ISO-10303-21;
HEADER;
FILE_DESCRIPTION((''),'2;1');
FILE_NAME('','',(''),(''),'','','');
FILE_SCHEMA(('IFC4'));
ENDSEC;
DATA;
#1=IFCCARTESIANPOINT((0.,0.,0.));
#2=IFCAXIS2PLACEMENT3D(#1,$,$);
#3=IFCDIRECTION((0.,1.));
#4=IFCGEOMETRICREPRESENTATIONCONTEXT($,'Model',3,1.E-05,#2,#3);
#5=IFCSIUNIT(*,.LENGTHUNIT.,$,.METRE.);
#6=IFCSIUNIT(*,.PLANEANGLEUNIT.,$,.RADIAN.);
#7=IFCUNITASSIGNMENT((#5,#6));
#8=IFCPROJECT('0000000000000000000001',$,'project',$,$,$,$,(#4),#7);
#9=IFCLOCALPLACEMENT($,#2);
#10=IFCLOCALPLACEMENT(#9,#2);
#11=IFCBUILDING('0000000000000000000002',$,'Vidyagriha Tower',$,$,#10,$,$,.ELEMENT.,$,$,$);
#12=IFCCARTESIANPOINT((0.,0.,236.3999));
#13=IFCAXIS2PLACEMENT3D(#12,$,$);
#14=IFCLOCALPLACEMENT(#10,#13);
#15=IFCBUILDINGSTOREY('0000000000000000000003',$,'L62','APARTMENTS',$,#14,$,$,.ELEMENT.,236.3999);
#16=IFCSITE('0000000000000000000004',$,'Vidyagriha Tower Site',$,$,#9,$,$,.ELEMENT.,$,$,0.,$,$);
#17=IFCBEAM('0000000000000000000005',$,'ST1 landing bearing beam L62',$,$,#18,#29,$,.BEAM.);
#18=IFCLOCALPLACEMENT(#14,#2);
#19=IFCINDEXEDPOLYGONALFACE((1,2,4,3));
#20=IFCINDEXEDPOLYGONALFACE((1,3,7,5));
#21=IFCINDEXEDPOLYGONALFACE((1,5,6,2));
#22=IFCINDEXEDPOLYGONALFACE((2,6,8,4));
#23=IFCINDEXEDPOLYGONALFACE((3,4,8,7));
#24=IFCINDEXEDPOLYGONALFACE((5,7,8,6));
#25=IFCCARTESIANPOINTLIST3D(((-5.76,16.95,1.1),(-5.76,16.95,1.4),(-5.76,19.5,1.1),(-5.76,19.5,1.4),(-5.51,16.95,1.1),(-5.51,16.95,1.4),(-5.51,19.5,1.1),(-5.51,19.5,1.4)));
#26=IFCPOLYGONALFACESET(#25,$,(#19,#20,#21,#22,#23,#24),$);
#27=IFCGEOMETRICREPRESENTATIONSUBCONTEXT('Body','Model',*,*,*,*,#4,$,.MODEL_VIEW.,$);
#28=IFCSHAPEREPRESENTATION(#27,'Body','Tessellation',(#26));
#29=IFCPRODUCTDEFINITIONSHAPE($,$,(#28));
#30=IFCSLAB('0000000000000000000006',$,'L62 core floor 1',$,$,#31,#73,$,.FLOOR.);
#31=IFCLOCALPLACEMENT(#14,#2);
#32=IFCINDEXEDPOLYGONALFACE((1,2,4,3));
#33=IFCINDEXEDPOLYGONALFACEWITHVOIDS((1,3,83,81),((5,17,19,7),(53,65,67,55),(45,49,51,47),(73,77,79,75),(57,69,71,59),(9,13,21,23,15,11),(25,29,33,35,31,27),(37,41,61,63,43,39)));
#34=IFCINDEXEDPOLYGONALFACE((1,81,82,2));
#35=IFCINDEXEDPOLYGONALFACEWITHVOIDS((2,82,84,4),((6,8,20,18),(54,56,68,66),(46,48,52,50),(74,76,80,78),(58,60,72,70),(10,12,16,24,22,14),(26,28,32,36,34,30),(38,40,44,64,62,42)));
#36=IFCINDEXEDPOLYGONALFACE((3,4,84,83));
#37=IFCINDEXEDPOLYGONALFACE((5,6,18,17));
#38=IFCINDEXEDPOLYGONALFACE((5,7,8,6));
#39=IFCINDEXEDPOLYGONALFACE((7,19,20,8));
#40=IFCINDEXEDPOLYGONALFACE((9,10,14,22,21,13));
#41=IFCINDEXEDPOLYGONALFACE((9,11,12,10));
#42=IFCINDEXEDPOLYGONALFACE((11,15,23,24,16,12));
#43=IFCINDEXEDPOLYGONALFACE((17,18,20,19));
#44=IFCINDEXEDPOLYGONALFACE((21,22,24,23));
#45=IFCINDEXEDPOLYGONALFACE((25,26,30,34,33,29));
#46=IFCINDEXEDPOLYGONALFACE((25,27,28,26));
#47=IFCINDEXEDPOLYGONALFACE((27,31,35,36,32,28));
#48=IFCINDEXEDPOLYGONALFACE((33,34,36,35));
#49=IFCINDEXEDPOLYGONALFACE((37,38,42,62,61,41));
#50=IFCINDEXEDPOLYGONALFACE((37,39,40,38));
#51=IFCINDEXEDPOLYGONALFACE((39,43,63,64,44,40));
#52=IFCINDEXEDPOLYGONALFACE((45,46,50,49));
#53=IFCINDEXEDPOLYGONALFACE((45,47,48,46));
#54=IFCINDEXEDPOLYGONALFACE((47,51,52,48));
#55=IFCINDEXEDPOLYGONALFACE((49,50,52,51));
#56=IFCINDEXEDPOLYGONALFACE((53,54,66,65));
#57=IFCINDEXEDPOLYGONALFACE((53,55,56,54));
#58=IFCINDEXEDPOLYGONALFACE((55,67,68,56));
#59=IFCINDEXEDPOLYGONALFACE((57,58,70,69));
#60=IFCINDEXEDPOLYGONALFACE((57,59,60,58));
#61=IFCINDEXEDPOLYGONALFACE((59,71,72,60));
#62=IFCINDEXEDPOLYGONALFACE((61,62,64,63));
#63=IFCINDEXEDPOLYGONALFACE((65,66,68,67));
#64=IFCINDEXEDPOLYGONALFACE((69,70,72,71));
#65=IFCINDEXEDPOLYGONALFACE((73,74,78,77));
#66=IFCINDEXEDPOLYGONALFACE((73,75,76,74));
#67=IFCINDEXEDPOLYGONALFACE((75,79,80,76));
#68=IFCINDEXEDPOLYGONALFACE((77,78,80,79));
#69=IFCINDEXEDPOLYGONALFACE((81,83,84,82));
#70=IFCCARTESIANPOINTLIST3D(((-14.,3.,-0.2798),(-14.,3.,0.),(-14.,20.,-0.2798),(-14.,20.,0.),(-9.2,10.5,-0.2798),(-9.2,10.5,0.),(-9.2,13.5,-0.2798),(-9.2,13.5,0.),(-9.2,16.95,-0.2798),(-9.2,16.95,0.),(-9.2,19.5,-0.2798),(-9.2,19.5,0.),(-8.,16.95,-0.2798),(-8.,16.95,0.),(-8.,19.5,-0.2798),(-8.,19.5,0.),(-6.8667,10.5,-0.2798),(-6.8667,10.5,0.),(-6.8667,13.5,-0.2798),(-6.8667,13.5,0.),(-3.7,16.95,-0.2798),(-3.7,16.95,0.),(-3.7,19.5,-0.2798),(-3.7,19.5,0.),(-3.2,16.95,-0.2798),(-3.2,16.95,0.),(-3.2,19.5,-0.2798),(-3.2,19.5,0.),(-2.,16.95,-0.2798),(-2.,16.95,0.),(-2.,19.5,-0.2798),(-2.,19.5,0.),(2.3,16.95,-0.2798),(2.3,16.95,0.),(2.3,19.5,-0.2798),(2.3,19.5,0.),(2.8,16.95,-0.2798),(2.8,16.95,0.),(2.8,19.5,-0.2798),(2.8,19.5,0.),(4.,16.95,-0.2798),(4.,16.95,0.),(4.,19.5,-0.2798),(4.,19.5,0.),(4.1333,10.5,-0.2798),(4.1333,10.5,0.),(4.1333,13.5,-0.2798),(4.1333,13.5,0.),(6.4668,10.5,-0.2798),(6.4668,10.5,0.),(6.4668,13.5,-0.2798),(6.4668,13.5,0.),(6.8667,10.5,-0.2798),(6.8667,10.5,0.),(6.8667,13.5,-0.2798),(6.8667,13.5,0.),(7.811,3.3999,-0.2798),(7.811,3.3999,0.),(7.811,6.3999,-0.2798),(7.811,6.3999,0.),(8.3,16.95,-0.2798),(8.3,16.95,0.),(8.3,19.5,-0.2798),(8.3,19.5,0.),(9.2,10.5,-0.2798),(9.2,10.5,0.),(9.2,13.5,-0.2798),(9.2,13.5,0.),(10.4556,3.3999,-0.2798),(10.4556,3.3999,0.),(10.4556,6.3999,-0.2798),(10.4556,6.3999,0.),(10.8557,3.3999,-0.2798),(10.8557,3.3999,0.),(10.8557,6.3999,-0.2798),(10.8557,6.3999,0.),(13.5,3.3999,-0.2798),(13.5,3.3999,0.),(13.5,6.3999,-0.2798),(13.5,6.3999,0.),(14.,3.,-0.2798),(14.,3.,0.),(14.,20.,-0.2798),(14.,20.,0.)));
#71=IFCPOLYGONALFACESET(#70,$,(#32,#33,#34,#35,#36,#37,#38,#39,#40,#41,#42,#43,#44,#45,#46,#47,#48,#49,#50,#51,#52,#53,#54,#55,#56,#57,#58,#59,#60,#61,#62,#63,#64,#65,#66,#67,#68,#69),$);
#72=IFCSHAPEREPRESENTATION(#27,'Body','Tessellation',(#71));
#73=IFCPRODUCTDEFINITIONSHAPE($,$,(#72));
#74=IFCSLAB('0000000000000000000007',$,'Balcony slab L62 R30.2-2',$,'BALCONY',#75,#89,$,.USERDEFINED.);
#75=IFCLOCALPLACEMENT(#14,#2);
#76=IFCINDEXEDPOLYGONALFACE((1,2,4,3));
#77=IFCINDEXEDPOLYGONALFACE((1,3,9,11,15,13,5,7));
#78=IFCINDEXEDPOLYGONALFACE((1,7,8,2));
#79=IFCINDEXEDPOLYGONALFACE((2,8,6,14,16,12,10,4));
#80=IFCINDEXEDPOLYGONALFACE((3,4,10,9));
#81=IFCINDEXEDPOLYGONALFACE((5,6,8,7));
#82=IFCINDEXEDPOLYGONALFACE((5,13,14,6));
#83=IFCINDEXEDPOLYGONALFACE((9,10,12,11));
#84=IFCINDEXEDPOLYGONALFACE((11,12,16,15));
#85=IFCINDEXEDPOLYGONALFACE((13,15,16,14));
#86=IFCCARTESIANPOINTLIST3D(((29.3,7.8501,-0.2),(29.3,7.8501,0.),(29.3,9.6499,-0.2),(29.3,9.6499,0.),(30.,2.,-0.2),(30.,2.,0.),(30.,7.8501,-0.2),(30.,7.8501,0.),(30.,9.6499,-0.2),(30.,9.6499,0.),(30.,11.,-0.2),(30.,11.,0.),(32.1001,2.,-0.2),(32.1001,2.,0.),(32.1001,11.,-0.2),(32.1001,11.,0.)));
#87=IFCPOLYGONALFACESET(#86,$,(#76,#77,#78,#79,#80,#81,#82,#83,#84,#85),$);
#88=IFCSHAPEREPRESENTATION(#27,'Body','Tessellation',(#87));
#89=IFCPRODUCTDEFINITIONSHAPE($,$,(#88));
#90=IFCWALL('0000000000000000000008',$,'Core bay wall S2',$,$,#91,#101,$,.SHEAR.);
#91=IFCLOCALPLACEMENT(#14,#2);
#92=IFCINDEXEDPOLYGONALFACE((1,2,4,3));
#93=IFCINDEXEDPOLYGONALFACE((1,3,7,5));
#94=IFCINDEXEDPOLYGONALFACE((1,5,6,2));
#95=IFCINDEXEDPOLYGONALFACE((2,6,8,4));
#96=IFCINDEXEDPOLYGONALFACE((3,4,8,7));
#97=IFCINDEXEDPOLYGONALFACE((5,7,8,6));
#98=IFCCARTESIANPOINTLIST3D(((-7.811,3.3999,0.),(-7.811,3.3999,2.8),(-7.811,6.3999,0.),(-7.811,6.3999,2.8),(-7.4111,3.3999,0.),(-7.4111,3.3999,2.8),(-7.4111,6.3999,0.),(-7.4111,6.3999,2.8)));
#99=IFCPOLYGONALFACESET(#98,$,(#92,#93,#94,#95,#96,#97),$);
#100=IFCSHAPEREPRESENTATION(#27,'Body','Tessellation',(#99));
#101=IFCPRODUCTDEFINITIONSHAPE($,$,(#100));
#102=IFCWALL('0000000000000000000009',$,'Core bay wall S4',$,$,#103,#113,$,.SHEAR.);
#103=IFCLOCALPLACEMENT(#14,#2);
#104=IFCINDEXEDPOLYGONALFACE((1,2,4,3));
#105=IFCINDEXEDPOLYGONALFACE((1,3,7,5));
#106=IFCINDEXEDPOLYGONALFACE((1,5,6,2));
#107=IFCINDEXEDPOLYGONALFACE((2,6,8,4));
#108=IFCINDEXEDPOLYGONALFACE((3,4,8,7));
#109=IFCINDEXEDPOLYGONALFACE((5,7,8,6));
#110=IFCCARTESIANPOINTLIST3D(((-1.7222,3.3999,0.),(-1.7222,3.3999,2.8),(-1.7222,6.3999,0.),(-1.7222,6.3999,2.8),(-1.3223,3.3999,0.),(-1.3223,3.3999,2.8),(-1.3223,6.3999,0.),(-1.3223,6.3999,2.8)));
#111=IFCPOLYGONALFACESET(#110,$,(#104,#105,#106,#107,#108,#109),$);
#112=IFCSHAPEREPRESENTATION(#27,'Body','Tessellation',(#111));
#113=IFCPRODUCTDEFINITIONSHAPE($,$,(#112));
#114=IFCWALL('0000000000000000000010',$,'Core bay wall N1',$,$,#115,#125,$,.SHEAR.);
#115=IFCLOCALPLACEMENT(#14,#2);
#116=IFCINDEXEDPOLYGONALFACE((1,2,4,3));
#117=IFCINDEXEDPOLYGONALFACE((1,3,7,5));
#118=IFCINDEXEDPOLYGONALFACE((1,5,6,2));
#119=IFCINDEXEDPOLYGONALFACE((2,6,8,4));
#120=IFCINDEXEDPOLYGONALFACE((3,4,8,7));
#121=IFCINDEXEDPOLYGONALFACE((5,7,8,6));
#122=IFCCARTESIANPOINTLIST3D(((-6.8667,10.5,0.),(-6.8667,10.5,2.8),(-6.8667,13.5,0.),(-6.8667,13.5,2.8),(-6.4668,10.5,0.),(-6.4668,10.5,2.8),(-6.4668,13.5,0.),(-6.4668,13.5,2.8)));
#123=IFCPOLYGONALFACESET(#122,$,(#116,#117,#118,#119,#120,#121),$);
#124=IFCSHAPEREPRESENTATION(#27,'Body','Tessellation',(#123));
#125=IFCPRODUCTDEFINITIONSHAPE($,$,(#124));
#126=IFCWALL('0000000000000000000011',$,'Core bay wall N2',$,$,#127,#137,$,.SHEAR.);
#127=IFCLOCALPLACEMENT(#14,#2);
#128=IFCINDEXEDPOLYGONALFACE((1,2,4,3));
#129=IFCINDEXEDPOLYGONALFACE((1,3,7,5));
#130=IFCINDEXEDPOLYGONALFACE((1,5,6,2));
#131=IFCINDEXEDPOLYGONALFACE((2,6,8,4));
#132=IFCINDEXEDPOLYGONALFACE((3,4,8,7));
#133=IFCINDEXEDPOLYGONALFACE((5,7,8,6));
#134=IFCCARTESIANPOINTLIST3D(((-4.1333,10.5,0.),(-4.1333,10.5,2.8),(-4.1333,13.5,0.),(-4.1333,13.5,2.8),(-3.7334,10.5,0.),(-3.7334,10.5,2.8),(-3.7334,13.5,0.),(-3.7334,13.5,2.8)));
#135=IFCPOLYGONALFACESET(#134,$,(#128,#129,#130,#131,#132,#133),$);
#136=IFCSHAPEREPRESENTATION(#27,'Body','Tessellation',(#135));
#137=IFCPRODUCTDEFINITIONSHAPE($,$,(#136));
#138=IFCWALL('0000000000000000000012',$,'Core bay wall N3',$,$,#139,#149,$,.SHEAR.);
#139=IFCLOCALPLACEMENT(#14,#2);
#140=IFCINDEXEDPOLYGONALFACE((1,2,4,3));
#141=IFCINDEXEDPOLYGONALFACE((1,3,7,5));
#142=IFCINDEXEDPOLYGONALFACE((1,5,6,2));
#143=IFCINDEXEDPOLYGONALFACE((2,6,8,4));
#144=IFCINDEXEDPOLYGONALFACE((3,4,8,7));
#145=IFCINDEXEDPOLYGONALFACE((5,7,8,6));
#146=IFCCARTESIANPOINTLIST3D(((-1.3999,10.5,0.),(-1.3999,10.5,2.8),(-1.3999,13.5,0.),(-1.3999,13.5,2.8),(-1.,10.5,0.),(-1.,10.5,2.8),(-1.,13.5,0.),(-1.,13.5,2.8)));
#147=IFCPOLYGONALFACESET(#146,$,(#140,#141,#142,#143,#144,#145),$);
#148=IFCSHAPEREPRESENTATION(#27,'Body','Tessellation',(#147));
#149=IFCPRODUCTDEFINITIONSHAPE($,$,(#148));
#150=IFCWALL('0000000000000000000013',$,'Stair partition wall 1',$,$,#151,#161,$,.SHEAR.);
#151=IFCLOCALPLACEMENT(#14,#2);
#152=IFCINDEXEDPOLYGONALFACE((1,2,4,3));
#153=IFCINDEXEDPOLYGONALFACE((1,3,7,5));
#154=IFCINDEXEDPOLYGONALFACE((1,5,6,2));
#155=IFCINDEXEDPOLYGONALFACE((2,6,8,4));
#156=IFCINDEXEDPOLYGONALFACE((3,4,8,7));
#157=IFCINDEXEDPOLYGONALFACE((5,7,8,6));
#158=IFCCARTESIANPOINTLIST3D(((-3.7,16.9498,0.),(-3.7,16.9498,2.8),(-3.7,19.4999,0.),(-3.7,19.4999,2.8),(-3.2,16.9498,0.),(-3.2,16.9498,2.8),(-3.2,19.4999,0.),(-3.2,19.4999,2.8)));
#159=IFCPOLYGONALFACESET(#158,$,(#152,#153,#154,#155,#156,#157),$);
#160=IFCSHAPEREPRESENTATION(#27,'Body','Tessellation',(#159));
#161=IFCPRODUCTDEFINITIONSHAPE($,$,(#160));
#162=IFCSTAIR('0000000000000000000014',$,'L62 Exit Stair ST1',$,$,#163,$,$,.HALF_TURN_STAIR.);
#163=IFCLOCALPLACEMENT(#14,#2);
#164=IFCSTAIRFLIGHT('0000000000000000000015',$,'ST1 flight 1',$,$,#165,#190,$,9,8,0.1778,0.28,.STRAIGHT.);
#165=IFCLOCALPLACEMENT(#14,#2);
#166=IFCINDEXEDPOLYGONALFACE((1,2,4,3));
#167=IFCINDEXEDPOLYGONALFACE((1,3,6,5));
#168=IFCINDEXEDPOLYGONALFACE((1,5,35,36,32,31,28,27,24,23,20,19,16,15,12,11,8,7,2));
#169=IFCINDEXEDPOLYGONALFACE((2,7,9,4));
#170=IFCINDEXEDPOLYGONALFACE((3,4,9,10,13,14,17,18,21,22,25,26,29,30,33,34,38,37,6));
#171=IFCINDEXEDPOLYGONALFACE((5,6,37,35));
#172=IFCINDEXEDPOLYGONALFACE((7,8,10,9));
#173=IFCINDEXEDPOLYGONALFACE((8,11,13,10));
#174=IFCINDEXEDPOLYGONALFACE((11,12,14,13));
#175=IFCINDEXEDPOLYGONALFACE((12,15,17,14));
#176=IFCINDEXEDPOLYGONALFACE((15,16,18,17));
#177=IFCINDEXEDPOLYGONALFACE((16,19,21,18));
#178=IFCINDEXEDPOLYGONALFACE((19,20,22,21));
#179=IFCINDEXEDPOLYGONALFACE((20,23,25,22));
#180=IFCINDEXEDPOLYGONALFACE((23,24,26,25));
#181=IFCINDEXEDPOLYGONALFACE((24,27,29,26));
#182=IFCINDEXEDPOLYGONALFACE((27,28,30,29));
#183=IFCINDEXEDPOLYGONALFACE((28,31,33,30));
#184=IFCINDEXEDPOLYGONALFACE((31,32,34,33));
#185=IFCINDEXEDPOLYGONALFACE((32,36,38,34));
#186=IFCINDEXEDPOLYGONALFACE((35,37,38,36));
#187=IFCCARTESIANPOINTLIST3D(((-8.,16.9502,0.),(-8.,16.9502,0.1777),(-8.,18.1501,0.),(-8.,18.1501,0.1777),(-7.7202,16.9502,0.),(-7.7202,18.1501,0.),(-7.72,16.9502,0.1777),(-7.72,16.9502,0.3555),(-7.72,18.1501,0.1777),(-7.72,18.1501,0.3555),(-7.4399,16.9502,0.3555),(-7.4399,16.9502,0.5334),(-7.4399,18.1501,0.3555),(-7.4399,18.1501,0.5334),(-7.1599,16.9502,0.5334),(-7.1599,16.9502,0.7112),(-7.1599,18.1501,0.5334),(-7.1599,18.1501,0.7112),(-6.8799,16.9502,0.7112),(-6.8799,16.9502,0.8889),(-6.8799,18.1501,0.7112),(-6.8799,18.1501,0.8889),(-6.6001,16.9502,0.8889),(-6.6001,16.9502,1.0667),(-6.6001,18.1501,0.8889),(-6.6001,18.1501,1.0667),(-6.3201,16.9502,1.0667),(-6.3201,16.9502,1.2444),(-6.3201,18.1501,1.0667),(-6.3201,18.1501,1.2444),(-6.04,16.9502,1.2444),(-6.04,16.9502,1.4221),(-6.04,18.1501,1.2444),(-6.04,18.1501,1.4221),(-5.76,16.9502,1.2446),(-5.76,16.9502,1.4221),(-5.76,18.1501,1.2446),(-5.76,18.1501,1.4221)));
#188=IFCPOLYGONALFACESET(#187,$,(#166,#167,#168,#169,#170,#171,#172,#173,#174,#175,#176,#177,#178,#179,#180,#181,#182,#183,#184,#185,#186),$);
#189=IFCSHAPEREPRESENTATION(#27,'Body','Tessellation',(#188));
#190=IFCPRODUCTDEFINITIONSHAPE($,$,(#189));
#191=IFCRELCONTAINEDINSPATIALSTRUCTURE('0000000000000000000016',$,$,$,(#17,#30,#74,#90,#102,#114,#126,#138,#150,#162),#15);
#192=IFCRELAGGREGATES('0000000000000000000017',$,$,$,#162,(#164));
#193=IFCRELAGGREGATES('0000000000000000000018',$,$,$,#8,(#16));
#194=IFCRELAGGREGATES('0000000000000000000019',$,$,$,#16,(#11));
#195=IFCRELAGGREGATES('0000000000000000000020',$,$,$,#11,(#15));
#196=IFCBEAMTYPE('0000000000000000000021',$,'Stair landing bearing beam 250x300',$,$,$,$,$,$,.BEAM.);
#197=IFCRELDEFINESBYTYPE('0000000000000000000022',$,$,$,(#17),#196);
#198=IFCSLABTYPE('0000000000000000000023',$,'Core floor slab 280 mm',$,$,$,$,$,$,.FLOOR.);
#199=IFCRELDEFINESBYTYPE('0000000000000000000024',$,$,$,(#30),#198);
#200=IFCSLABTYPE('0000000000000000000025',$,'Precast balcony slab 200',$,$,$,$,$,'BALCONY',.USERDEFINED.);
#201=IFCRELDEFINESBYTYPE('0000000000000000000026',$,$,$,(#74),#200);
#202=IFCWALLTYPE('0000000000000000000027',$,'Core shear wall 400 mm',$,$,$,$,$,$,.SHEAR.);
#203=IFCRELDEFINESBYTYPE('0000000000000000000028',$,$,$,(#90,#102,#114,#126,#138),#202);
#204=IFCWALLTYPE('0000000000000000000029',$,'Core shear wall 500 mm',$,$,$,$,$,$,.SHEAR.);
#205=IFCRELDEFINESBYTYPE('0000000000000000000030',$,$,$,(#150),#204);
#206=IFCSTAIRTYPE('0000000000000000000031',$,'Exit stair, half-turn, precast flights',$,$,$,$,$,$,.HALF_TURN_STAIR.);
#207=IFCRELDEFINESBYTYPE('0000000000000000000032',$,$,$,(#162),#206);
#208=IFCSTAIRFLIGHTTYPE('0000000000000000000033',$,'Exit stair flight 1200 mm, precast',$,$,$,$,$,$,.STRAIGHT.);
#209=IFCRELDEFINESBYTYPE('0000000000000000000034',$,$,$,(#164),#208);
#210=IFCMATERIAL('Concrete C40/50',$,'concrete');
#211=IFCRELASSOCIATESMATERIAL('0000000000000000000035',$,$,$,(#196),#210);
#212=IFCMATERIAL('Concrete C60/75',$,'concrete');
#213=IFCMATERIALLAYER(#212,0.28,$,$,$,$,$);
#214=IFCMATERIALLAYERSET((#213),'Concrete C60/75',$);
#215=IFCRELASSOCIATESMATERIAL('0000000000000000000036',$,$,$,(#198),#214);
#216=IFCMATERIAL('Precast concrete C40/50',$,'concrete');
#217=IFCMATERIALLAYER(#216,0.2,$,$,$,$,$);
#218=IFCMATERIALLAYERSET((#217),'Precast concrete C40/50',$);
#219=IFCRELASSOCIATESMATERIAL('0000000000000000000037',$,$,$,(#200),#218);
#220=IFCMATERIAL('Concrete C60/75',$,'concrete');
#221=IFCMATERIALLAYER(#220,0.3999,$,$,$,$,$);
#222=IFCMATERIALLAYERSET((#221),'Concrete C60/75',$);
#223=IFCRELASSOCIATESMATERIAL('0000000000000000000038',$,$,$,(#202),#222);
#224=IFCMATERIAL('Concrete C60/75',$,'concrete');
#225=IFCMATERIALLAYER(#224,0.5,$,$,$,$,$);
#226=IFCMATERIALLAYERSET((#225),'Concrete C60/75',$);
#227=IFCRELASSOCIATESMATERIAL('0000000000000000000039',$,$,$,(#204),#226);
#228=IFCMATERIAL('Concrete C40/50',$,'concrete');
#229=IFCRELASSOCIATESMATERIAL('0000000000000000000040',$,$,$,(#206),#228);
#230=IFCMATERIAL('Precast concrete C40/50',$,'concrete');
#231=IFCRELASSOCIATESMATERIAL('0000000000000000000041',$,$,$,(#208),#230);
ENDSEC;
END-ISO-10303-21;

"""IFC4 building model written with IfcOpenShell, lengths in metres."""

from ifc_helpers import new_model, si_unit, direction, frame, frame_2d, origin, origin_2d, place, context, subcontext, project, spatial, polyline, rectangle, outline, extrude, material, layer, layer_set, material_profile, profile_set, type_object, element, aggregate, save


model = new_model("IFC4")

# Units and contexts
model_context = context("Model", 3, precision=1e-05, world=origin(), true_north=direction((0.0, 1.0)))
body_context = subcontext(model_context, "Body", "Model", "MODEL_VIEW")
ifc_project = project(units=[si_unit("LENGTHUNIT", "METRE"), si_unit("PLANEANGLEUNIT", "RADIAN")], contexts=[model_context])

# Site, building, storey
site_placement = place(None, origin())
site = spatial("IfcSite", under=ifc_project, at=site_placement, Name="Vidyagriha Tower Site", CompositionType="ELEMENT", RefElevation=0.0)
building_placement = place(site_placement, origin())
building = spatial("IfcBuilding", under=site, at=building_placement, Name="Vidyagriha Tower", CompositionType="ELEMENT")
storey_placement = place(building_placement, frame((0.0, 0.0, 236.3999)))
storey = spatial("IfcBuildingStorey", under=building, at=storey_placement, Name="L62", Description="APARTMENTS", CompositionType="ELEMENT", Elevation=236.3999)

# Beam
ifc_material_1 = material(Name="Concrete C40/50", Category="concrete")
ifc_material_profile = material_profile(ifc_material_1, rectangle(XDim=0.25, YDim=0.3, at=origin_2d()), Name="Stair landing bearing beam 250x300")
ifc_profile_set = profile_set([ifc_material_profile], Name="Concrete C40/50")
beam_type = type_object("IfcBeamType", Name="Stair landing bearing beam 250x300", PredefinedType="BEAM", material=ifc_profile_set)
beam_placement = place(storey_placement, frame((-5.635, 16.95, 1.25), z_axis=(0.0, 1.0, 0.0), x_axis=(-1.0, 0.0, 0.0)))
element("IfcBeam", 1, at=beam_placement, inside=storey, type_object=beam_type, Name="ST1 landing bearing beam L62", PredefinedType="BEAM", context=body_context, shape_type="SweptSolid", body=[
    extrude(rectangle(XDim=0.25, YDim=0.3, at=origin_2d()), origin(), (0.0, 0.0, 1.0), 2.55),
])

# Slabs
ifc_material_2 = material(Name="Concrete C60/75", Category="concrete")
ifc_layer_1 = layer(ifc_material_2, 0.28)
ifc_layer_set_1 = layer_set([ifc_layer_1], Name="Concrete C60/75")
slab_type_1 = type_object("IfcSlabType", Name="Core floor slab 280 mm", PredefinedType="FLOOR", material=ifc_layer_set_1)
slab_1_placement = place(storey_placement, frame((0.0, 0.0, -0.2798)))
element("IfcSlab", 2, at=slab_1_placement, inside=storey, type_object=slab_type_1, Name="L62 core floor 1", PredefinedType="FLOOR", context=body_context, shape_type="SweptSolid", body=[
    extrude(outline(polyline([(-14.0, 3.0), (-14.0, 20.0), (14.0, 20.0), (14.0, 3.0), (-14.0, 3.0)]), holes=[polyline([(13.5, 6.3999), (10.8557, 6.3999), (10.8557, 3.3999), (13.5, 3.3999), (13.5, 6.3999)]), polyline([(10.4556, 6.3999), (7.811, 6.3999), (7.811, 3.3999), (10.4556, 3.3999), (10.4556, 6.3999)]), polyline([(9.2, 13.5), (6.8667, 13.5), (6.8667, 10.5), (9.2, 10.5), (9.2, 13.5)]), polyline([(2.8, 19.5), (2.8, 16.95), (4.0, 16.95), (8.3, 16.95), (8.3, 19.5), (4.0, 19.5), (2.8, 19.5)]), polyline([(4.1333, 13.5), (4.1333, 10.5), (6.4668, 10.5), (6.4668, 13.5), (4.1333, 13.5)]), polyline([(-2.0, 19.5), (-3.2, 19.5), (-3.2, 16.95), (-2.0, 16.95), (2.3, 16.95), (2.3, 19.5), (-2.0, 19.5)]), polyline([(-9.2, 19.5), (-9.2, 16.95), (-8.0, 16.95), (-3.7, 16.95), (-3.7, 19.5), (-8.0, 19.5), (-9.2, 19.5)]), polyline([(-9.2, 13.5), (-9.2, 10.5), (-6.8667, 10.5), (-6.8667, 13.5), (-9.2, 13.5)])]), origin(), (0.0, 0.0, 1.0), 0.2798),
])
ifc_material_3 = material(Name="Precast concrete C40/50", Category="concrete")
ifc_layer_2 = layer(ifc_material_3, 0.2)
ifc_layer_set_2 = layer_set([ifc_layer_2], Name="Precast concrete C40/50")
slab_type_2 = type_object("IfcSlabType", Name="Precast balcony slab 200", ElementType="BALCONY", PredefinedType="USERDEFINED", material=ifc_layer_set_2)
slab_2_placement = place(storey_placement, frame((0.0, 0.0, -0.2)))
element("IfcSlab", 3, at=slab_2_placement, inside=storey, type_object=slab_type_2, Name="Balcony slab L62 R30.2-2", ObjectType="BALCONY", PredefinedType="USERDEFINED", context=body_context, shape_type="SweptSolid", body=[
    extrude(outline(polyline([(30.0, 7.8501), (30.0, 2.0), (32.1001, 2.0), (32.1001, 11.0), (30.0, 11.0), (30.0, 9.6499), (29.3, 9.6499), (29.3, 7.8501), (30.0, 7.8501)])), origin(), (0.0, 0.0, 1.0), 0.2),
])

# Walls
ifc_material_4 = material(Name="Concrete C60/75", Category="concrete")
ifc_layer_3 = layer(ifc_material_4, 0.3999)
ifc_layer_set_3 = layer_set([ifc_layer_3], Name="Concrete C60/75")
wall_type_1 = type_object("IfcWallType", Name="Core shear wall 400 mm", PredefinedType="SHEAR", material=ifc_layer_set_3)
for number, where, z_axis, x_axis, name in (
    (4, (-7.6111, 3.3999, 0.0), (0.0, 0.0, 1.0), (0.0, 1.0, 0.0), "Core bay wall S2"),
    (5, (-1.5222, 3.3999, 0.0), (0.0, 0.0, 1.0), (0.0, 1.0, 0.0), "Core bay wall S4"),
    (6, (-6.6667, 10.5, 0.0), (0.0, 0.0, 1.0), (0.0, 1.0, 0.0), "Core bay wall N1"),
    (7, (-3.9333, 10.5, 0.0), (0.0, 0.0, 1.0), (0.0, 1.0, 0.0), "Core bay wall N2"),
    (8, (-1.2, 10.5, 0.0), (0.0, 0.0, 1.0), (0.0, 1.0, 0.0), "Core bay wall N3"),
):
    element("IfcWall", number, at=place(storey_placement, frame(where, z_axis=z_axis, x_axis=x_axis)), inside=storey, type_object=wall_type_1, Name=name, PredefinedType="SHEAR", context=body_context, shape_type="SweptSolid", body=[
        extrude(rectangle(XDim=3.0, YDim=0.3999, at=frame_2d((1.5, 0.0))), origin(), (0.0, 0.0, 1.0), 2.8),
    ])
ifc_material_5 = material(Name="Concrete C60/75", Category="concrete")
ifc_layer_4 = layer(ifc_material_5, 0.5)
ifc_layer_set_4 = layer_set([ifc_layer_4], Name="Concrete C60/75")
wall_type_2 = type_object("IfcWallType", Name="Core shear wall 500 mm", PredefinedType="SHEAR", material=ifc_layer_set_4)
wall_placement = place(storey_placement, frame((-3.45, 16.95, 0.0), z_axis=(0.0, 0.0, 1.0), x_axis=(0.0, 1.0, 0.0)))
element("IfcWall", 9, at=wall_placement, inside=storey, type_object=wall_type_2, Name="Stair partition wall 1", PredefinedType="SHEAR", context=body_context, shape_type="SweptSolid", body=[
    extrude(rectangle(XDim=2.55, YDim=0.5, at=frame_2d((1.2749, 0.0))), origin(), (0.0, 0.0, 1.0), 2.8),
])

# Stair, stair flight
ifc_material_6 = material(Name="Concrete C40/50", Category="concrete")
stair_type = type_object("IfcStairType", Name="Exit stair, half-turn, precast flights", PredefinedType="HALF_TURN_STAIR", material=ifc_material_6)
stair_1_placement = place(storey_placement, origin())
stair_1 = element("IfcStair", 10, at=stair_1_placement, inside=storey, type_object=stair_type, Name="L62 Exit Stair ST1", PredefinedType="HALF_TURN_STAIR")
ifc_material_7 = material(Name="Precast concrete C40/50", Category="concrete")
stair_flight_type = type_object("IfcStairFlightType", Name="Exit stair flight 1200 mm, precast", PredefinedType="STRAIGHT", material=ifc_material_7)
stair_flight_1_placement = place(storey_placement, frame((-8.0, 17.55, 0.0)))
stair_flight_1 = element("IfcStairFlight", 11, at=stair_flight_1_placement, type_object=stair_flight_type, Name="ST1 flight 1", NumberOfRisers=9, NumberOfTreads=8, PredefinedType="STRAIGHT", RiserHeight=0.1778, TreadLength=0.28, context=body_context, shape_type="SweptSolid", body=[
    extrude(outline(polyline([(0.0, 0.0), (0.0, 0.1777), (0.28, 0.1777), (0.28, 0.3555), (0.5601, 0.3555), (0.5601, 0.5334), (0.8401, 0.5334), (0.8401, 0.7112), (1.1201, 0.7112), (1.1201, 0.8889), (1.3999, 0.8889), (1.3999, 1.0667), (1.6799, 1.0667), (1.6799, 1.2444), (1.96, 1.2444), (1.96, 1.4221), (2.24, 1.4221), (2.24, 1.6001), (2.24, 1.2446), (0.2798, 0.0), (0.0, 0.0)])), frame((0.0, 0.6001, 0.0), z_axis=(0.0, -1.0, 0.0), x_axis=(1.0, 0.0, 0.0)), (0.0, 0.0, 1.0), 1.2),
])
aggregate(stair_1, [stair_flight_1])

save(model, "model.ifc")
